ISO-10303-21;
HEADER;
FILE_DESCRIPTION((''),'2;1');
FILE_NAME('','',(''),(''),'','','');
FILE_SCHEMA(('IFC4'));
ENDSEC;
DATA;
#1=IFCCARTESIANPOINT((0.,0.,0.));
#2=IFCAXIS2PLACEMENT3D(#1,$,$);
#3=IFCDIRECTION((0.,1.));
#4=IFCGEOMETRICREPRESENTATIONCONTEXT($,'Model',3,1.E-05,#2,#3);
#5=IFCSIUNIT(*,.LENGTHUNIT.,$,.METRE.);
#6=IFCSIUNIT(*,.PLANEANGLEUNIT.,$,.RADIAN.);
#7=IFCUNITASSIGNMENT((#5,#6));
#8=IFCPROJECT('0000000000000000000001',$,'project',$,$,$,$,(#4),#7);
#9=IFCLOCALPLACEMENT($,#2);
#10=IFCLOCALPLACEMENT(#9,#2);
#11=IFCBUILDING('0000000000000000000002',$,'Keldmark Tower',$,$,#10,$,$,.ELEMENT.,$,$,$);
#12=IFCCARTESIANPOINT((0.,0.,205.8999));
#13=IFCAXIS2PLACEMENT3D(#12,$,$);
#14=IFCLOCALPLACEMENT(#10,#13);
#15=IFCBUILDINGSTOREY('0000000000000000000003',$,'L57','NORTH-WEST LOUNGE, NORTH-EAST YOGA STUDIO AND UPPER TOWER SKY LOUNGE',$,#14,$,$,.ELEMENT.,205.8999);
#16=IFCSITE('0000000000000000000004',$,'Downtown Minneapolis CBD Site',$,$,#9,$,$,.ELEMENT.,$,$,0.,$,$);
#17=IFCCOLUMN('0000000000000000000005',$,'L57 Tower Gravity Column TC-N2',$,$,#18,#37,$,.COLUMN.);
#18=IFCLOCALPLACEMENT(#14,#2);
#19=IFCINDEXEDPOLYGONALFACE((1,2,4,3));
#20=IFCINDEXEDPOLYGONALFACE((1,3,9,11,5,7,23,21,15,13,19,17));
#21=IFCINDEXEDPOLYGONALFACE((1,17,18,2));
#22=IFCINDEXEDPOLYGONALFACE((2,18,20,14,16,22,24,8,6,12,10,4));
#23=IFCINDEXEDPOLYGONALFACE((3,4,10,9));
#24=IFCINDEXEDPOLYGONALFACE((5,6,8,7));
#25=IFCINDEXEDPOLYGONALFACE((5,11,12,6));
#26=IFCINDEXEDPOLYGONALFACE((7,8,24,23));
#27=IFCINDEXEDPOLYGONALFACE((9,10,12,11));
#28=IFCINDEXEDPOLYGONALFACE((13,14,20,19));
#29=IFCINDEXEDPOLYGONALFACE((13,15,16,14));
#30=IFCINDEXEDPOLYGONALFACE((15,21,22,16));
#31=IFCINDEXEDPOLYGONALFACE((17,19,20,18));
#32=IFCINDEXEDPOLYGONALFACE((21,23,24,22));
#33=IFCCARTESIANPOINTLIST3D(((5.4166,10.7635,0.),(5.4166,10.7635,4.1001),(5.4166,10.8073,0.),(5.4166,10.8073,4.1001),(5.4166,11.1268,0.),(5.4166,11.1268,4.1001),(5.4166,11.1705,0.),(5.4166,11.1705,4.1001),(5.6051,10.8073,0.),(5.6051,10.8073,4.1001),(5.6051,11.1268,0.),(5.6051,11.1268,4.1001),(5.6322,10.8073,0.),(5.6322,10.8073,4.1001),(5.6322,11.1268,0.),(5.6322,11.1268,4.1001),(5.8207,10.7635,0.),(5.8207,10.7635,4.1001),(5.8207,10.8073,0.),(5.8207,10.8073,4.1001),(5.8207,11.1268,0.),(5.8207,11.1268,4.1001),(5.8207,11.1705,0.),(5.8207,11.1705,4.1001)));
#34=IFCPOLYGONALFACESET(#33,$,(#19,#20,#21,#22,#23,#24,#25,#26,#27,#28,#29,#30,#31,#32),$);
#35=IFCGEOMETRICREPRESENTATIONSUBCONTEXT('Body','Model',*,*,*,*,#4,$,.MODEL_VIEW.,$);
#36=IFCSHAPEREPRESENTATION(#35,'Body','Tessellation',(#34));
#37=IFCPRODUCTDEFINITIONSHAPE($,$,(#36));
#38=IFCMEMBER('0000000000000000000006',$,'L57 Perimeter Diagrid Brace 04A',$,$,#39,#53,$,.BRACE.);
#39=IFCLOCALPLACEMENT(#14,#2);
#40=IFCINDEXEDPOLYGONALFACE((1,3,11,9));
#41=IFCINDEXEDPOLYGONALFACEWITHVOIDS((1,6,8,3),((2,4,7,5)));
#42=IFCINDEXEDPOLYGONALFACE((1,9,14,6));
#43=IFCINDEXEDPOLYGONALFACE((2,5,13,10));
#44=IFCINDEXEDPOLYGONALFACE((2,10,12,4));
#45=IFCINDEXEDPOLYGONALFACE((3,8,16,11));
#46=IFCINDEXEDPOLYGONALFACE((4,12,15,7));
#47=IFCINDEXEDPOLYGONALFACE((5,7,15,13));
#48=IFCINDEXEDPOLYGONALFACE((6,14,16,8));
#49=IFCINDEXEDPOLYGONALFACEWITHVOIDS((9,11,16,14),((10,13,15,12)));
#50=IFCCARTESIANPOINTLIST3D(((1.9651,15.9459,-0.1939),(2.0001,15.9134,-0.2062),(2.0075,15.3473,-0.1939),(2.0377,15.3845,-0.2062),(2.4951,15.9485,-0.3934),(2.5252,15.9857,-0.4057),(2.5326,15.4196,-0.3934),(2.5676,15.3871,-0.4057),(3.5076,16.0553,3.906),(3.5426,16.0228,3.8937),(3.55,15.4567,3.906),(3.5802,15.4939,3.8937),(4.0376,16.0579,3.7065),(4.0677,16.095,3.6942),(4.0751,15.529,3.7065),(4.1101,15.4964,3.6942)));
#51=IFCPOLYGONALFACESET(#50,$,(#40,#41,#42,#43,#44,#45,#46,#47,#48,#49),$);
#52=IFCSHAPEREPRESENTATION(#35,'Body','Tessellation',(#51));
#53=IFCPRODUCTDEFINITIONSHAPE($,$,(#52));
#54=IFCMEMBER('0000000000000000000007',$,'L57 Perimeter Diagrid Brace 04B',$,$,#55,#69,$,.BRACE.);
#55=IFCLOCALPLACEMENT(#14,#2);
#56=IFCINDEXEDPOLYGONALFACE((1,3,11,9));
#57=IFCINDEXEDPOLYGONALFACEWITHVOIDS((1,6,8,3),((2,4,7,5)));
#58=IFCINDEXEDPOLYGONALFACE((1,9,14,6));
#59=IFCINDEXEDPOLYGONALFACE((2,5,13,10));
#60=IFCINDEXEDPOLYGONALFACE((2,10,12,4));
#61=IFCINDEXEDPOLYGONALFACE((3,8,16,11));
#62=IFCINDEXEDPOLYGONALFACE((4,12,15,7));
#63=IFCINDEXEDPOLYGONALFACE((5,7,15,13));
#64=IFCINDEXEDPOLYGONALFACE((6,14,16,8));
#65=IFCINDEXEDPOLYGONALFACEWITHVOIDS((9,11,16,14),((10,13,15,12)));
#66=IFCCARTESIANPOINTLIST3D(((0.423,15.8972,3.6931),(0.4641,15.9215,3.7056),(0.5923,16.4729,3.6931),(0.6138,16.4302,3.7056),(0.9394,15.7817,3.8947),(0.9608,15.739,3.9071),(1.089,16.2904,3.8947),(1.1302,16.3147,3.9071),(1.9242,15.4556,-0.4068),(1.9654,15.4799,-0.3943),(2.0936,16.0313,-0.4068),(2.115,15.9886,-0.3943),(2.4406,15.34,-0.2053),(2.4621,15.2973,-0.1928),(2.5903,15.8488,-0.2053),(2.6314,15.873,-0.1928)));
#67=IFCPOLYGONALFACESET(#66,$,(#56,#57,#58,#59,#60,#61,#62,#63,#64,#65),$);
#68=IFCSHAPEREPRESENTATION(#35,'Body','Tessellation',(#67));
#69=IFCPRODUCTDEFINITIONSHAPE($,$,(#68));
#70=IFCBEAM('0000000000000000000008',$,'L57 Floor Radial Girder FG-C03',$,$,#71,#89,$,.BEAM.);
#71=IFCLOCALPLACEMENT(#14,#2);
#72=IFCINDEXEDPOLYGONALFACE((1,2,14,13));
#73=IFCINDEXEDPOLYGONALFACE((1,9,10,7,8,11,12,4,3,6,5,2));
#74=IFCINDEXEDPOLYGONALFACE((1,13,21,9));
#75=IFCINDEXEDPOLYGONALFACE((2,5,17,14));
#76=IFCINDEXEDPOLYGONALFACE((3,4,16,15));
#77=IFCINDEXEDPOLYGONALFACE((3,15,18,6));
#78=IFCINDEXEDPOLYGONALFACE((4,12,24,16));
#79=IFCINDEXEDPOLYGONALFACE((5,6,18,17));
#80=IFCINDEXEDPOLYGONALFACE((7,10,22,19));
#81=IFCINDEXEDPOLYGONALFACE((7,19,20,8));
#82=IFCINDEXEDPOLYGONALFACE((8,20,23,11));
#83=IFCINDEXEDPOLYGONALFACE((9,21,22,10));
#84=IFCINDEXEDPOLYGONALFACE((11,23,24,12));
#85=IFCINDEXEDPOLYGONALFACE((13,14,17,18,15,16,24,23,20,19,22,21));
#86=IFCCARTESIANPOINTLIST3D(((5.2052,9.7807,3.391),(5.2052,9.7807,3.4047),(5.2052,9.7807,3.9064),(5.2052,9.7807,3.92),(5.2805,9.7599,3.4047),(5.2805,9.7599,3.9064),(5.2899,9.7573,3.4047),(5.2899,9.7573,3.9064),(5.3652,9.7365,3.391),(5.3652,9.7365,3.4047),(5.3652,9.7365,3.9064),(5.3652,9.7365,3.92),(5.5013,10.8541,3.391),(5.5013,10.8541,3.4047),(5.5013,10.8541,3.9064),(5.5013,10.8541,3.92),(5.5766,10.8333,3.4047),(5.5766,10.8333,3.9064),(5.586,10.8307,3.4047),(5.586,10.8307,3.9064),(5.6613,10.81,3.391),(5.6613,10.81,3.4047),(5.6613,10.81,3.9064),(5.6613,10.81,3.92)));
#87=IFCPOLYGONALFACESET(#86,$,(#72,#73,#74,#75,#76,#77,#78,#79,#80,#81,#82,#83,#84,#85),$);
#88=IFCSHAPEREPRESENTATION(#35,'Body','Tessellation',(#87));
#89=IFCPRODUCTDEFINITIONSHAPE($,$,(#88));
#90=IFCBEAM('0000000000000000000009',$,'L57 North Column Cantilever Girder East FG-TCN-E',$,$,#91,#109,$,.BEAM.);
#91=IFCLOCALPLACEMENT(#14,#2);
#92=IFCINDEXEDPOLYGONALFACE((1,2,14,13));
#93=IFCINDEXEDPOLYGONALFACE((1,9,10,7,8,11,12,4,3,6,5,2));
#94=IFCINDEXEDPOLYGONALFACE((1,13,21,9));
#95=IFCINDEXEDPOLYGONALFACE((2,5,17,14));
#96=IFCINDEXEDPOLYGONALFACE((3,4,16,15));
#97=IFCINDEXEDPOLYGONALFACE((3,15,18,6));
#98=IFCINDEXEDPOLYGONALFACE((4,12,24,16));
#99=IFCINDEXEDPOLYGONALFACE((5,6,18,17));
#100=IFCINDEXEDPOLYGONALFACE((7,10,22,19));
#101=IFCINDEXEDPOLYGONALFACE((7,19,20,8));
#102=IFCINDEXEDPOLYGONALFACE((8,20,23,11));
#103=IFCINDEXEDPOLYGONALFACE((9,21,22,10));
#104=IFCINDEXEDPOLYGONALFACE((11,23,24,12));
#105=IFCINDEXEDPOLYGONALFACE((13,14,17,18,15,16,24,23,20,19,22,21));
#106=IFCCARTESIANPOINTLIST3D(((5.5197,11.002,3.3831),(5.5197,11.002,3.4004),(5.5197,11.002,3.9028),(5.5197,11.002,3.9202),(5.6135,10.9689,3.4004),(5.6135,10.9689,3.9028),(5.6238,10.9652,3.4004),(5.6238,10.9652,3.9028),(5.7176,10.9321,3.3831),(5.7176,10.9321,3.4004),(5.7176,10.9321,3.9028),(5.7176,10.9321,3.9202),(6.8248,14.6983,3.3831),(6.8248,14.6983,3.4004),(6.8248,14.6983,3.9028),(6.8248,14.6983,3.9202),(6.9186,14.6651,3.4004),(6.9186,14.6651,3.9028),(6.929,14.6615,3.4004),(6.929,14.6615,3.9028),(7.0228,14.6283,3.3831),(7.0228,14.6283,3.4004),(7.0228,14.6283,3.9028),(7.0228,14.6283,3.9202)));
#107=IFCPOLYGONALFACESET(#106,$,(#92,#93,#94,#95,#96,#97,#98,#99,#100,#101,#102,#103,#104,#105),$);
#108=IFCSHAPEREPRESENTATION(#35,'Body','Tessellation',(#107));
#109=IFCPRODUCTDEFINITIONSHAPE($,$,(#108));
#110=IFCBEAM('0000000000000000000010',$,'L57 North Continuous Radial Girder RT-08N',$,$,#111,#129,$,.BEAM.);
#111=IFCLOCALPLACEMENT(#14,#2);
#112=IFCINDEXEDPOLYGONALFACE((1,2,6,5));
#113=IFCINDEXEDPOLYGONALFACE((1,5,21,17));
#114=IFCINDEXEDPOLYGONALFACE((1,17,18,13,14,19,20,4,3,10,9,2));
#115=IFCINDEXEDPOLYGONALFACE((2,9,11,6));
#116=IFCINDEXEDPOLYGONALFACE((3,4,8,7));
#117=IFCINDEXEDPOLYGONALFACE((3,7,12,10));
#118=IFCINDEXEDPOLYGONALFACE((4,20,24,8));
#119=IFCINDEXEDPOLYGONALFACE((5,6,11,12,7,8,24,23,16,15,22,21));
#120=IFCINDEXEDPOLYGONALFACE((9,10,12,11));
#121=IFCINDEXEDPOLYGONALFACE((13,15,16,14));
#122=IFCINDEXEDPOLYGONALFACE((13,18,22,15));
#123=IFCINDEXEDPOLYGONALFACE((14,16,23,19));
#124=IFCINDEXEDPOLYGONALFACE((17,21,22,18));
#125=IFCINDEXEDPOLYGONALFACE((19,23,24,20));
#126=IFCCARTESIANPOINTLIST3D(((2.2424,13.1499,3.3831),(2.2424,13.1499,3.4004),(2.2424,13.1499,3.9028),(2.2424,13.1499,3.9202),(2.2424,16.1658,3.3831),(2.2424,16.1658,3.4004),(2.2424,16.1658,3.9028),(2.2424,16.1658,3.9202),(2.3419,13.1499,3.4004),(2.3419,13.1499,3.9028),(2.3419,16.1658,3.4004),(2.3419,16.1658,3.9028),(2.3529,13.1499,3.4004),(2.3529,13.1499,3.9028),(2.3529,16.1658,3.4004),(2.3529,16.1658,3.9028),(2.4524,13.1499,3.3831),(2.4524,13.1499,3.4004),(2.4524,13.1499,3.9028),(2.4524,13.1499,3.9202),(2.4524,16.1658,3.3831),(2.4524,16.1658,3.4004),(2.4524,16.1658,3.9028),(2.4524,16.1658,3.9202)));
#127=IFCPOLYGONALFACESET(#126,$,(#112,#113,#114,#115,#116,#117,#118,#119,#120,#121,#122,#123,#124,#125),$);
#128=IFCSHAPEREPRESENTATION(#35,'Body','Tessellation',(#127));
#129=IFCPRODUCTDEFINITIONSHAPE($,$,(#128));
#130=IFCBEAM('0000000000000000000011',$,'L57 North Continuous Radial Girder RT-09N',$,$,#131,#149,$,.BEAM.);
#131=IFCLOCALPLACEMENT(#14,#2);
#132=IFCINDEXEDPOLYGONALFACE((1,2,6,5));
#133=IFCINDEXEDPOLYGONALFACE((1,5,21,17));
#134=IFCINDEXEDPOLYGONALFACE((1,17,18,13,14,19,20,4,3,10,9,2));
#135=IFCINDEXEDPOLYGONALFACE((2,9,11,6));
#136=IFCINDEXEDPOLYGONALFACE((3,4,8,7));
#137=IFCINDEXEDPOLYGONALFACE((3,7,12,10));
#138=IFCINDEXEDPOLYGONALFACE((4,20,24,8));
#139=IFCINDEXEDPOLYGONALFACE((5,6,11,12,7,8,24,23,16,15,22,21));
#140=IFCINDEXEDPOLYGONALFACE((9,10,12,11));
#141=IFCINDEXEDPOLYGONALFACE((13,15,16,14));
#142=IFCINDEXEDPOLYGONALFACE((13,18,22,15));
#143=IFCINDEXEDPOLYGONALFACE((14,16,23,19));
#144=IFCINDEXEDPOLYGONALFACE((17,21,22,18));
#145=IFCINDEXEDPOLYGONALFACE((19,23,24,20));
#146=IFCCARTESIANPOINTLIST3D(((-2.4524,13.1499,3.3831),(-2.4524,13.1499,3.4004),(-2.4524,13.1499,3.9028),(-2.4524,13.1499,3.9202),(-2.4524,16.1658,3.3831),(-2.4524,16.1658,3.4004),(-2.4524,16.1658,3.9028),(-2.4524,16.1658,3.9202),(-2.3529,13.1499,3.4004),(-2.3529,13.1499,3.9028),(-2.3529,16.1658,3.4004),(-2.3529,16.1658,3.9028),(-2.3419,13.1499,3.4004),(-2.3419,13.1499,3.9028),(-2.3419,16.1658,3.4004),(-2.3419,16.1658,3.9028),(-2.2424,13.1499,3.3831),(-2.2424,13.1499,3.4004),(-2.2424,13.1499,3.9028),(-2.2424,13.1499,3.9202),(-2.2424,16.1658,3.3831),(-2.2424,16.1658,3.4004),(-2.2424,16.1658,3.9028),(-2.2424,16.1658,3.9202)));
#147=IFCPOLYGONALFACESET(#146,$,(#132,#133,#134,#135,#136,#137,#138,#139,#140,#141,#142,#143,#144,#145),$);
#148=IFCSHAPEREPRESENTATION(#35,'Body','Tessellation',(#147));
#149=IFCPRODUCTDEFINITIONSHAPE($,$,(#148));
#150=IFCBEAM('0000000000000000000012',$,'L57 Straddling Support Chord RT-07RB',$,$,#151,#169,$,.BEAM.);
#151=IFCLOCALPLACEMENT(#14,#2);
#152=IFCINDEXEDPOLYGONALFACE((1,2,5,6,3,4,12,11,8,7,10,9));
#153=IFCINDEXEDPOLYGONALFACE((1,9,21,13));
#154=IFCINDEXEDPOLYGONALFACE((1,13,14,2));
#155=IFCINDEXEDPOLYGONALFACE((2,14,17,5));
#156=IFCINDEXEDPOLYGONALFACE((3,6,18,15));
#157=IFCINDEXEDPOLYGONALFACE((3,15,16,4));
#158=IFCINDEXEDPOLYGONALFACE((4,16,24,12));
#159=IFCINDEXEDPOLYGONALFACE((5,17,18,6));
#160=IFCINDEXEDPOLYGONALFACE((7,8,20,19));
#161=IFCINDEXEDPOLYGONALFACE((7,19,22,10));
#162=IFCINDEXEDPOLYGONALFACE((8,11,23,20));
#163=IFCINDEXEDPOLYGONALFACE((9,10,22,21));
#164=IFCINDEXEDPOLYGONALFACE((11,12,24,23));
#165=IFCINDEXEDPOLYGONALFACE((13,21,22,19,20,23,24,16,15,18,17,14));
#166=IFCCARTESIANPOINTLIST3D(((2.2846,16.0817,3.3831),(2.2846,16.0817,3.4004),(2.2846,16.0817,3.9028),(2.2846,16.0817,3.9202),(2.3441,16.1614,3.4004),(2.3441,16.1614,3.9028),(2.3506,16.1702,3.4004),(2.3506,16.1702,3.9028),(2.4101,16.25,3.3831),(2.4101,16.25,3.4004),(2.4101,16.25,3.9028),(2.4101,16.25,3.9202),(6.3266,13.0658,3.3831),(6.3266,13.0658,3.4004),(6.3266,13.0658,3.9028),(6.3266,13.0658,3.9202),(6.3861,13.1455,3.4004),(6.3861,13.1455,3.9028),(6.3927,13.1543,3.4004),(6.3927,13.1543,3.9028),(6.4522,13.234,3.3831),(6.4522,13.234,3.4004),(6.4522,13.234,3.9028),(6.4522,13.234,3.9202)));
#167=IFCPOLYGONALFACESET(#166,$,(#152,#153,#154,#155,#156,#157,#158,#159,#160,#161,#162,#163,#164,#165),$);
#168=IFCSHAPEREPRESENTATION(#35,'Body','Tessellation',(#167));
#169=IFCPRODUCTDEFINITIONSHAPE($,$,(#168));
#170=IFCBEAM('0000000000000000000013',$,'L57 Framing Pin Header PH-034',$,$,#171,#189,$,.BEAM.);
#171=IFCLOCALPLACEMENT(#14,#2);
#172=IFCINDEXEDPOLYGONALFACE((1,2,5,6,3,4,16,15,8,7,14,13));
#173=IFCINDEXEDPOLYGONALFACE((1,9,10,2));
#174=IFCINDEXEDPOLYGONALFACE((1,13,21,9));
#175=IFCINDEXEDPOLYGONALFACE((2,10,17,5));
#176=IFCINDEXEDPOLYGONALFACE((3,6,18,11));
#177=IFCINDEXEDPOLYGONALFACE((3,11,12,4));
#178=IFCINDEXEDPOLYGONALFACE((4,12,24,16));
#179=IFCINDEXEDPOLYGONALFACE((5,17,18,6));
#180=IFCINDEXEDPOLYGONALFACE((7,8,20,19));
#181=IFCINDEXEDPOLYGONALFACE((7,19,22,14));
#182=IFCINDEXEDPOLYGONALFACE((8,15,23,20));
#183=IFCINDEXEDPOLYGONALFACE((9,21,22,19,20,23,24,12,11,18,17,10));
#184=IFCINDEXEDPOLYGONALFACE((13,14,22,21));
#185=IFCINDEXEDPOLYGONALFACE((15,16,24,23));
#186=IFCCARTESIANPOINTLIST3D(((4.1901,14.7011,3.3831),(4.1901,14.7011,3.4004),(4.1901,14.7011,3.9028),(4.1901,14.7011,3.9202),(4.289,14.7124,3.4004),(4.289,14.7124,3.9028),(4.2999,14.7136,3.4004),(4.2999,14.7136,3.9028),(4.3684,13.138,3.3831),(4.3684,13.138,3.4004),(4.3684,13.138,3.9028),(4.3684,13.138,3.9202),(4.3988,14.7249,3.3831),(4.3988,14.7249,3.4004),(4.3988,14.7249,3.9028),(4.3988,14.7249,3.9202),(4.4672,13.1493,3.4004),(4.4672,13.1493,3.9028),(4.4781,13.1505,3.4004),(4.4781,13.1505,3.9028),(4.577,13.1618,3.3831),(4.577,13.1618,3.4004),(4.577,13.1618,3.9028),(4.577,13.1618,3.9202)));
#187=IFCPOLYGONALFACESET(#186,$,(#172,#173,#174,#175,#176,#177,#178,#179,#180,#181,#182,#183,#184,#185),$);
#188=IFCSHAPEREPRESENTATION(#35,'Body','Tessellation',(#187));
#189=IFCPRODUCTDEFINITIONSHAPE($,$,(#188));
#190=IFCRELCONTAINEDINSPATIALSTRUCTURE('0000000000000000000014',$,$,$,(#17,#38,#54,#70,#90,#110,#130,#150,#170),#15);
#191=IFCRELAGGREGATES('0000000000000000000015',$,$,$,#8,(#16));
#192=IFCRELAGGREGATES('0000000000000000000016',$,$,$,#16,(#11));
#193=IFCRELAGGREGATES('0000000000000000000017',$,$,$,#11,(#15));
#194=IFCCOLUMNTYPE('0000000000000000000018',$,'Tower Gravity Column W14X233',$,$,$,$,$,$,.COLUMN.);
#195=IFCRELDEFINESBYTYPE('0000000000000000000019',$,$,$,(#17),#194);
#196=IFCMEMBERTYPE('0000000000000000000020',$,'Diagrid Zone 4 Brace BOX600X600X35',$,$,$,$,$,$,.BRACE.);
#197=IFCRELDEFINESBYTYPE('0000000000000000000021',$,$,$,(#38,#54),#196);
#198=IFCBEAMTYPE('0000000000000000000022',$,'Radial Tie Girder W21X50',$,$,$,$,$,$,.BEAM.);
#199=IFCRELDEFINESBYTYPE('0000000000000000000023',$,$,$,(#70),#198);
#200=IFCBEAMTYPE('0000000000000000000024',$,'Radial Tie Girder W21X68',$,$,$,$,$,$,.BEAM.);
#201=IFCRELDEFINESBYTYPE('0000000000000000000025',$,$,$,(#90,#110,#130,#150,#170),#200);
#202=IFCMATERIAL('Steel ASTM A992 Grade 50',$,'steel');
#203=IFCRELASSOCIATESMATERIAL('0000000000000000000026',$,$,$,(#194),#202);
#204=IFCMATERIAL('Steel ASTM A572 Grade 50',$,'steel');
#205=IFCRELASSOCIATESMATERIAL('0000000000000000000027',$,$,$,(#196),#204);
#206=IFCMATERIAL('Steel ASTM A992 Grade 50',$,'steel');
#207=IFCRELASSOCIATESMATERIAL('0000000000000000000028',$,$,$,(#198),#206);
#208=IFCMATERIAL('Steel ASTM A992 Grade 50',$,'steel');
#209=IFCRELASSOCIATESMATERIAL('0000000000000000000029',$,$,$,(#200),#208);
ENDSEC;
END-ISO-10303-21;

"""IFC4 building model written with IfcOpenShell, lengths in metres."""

from ifc_helpers import new_model, si_unit, direction, frame, origin, origin_2d, place, context, subcontext, project, spatial, hollow_rectangle, i_section, extrude, material, material_profile, profile_set, type_object, element, save


model = new_model("IFC4")

# Units and contexts
model_context = context("Model", 3, precision=1e-05, world=origin(), true_north=direction((0.0, 1.0)))
body_context = subcontext(model_context, "Body", "Model", "MODEL_VIEW")
ifc_project = project(units=[si_unit("LENGTHUNIT", "METRE"), si_unit("PLANEANGLEUNIT", "RADIAN")], contexts=[model_context])

# Site, building, storey
site_placement = place(None, origin())
site = spatial("IfcSite", under=ifc_project, at=site_placement, Name="Downtown Minneapolis CBD Site", CompositionType="ELEMENT", RefElevation=0.0)
building_placement = place(site_placement, origin())
building = spatial("IfcBuilding", under=site, at=building_placement, Name="Keldmark Tower", CompositionType="ELEMENT")
storey_placement = place(building_placement, frame((0.0, 0.0, 205.8999)))
storey = spatial("IfcBuildingStorey", under=building, at=storey_placement, Name="L57", Description="NORTH-WEST LOUNGE, NORTH-EAST YOGA STUDIO AND UPPER TOWER SKY LOUNGE", CompositionType="ELEMENT", Elevation=205.8999)

# Column
ifc_material_1 = material(Name="Steel ASTM A992 Grade 50", Category="steel")
ifc_material_profile_1 = material_profile(ifc_material_1, i_section(OverallWidth=0.4041, OverallDepth=0.407, WebThickness=0.0271, FlangeThickness=0.0437, at=origin_2d()), Name="W14X233")
ifc_profile_set_1 = profile_set([ifc_material_profile_1], Name="Steel ASTM A992 Grade 50")
column_type = type_object("IfcColumnType", Name="Tower Gravity Column W14X233", PredefinedType="COLUMN", material=ifc_profile_set_1)
column_placement = place(storey_placement, frame((5.6187, 10.967, 0.0), z_axis=(0.0, 0.0, 1.0), x_axis=(1.0, 0.0, 0.0)))
element("IfcColumn", 1, at=column_placement, inside=storey, type_object=column_type, Name="L57 Tower Gravity Column TC-N2", PredefinedType="COLUMN", context=body_context, shape_type="SweptSolid", body=[
    extrude(i_section(OverallWidth=0.4041, OverallDepth=0.407, WebThickness=0.0271, FlangeThickness=0.0437, at=origin_2d()), origin(), (0.0, 0.0, 1.0), 4.1001),
])

# Members
ifc_material_2 = material(Name="Steel ASTM A572 Grade 50", Category="steel")
ifc_material_profile_2 = material_profile(ifc_material_2, hollow_rectangle(XDim=0.6001, YDim=0.6001, WallThickness=0.0349, at=origin_2d()), Name="BOX600X600X35")
ifc_profile_set_2 = profile_set([ifc_material_profile_2], Name="Steel ASTM A572 Grade 50")
member_type = type_object("IfcMemberType", Name="Diagrid Zone 4 Brace BOX600X600X35", PredefinedType="BRACE", material=ifc_profile_set_2)
member_1_placement = place(storey_placement, frame((2.2664, 15.6665, -0.2998), z_axis=(0.352021, 0.024961, 0.935659), x_axis=(-0.070731, 0.997495, 0.0)))
element("IfcMember", 2, at=member_1_placement, inside=storey, type_object=member_type, Name="L57 Perimeter Diagrid Brace 04A", PredefinedType="BRACE", context=body_context, shape_type="SweptSolid", body=[
    extrude(hollow_rectangle(XDim=0.6001, YDim=0.6001, WallThickness=0.0349, at=origin_2d()), origin(), (0.0, 0.0, 1.0), 4.3818),
])
member_2_placement = place(storey_placement, frame((2.2778, 15.6643, -0.2998), z_axis=(-0.342093, 0.100642, 0.934261), x_axis=(-0.282234, -0.959346, 0.0)))
element("IfcMember", 3, at=member_2_placement, inside=storey, type_object=member_type, Name="L57 Perimeter Diagrid Brace 04B", PredefinedType="BRACE", context=body_context, shape_type="SweptSolid", body=[
    extrude(hollow_rectangle(XDim=0.6001, YDim=0.6001, WallThickness=0.0349, at=origin_2d()), origin(), (0.0, 0.0, 1.0), 4.3884),
])

# Beams
ifc_material_3 = material(Name="Steel ASTM A992 Grade 50", Category="steel")
ifc_material_profile_3 = material_profile(ifc_material_3, i_section(OverallWidth=0.166, OverallDepth=0.5291, WebThickness=0.0098, FlangeThickness=0.0137, at=origin_2d()), Name="W21X50")
ifc_profile_set_3 = profile_set([ifc_material_profile_3], Name="Steel ASTM A992 Grade 50")
beam_type_1 = type_object("IfcBeamType", Name="Radial Tie Girder W21X50", PredefinedType="BEAM", material=ifc_profile_set_3)
beam_1_placement = place(storey_placement, frame((5.5813, 10.832, 3.6555), z_axis=(-0.265936, -0.963991, 0.0), x_axis=(0.963991, -0.265936, 0.0)))
element("IfcBeam", 4, at=beam_1_placement, inside=storey, type_object=beam_type_1, Name="L57 Floor Radial Girder FG-C03", PredefinedType="BEAM", context=body_context, shape_type="SweptSolid", body=[
    extrude(i_section(OverallWidth=0.166, OverallDepth=0.5291, WebThickness=0.0098, FlangeThickness=0.0137, at=origin_2d()), origin(), (0.0, 0.0, 1.0), 1.1135),
])
ifc_material_4 = material(Name="Steel ASTM A992 Grade 50", Category="steel")
ifc_material_profile_4 = material_profile(ifc_material_4, i_section(OverallWidth=0.21, OverallDepth=0.5371, WebThickness=0.011, FlangeThickness=0.0173, at=origin_2d()), Name="W21X68")
ifc_profile_set_4 = profile_set([ifc_material_profile_4], Name="Steel ASTM A992 Grade 50")
beam_type_2 = type_object("IfcBeamType", Name="Radial Tie Girder W21X68", PredefinedType="BEAM", material=ifc_profile_set_4)
beam_2_placement = place(storey_placement, frame((5.6187, 10.967, 3.6516), z_axis=(0.332957, 0.942942, 0.0), x_axis=(-0.942942, 0.332957, 0.0)))
element("IfcBeam", 5, at=beam_2_placement, inside=storey, type_object=beam_type_2, Name="L57 North Column Cantilever Girder East FG-TCN-E", PredefinedType="BEAM", context=body_context, shape_type="SweptSolid", body=[
    extrude(i_section(OverallWidth=0.21, OverallDepth=0.5371, WebThickness=0.011, FlangeThickness=0.0173, at=origin_2d()), origin(), (0.0, 0.0, 1.0), 3.9199),
])
for number, where, z_axis, x_axis, name in (
    (6, (2.3474, 13.1499, 3.6516), (0.0, 1.0, 0.0), (-1.0, 0.0, 0.0), "L57 North Continuous Radial Girder RT-08N"),
    (7, (-2.3474, 13.1499, 3.6516), (0.0, 1.0, 0.0), (-1.0, 0.0, 0.0), "L57 North Continuous Radial Girder RT-09N"),
):
    element("IfcBeam", number, at=place(storey_placement, frame(where, z_axis=z_axis, x_axis=x_axis)), inside=storey, type_object=beam_type_2, Name=name, PredefinedType="BEAM", context=body_context, shape_type="SweptSolid", body=[
        extrude(i_section(OverallWidth=0.21, OverallDepth=0.5371, WebThickness=0.011, FlangeThickness=0.0173, at=origin_2d()), origin(), (0.0, 0.0, 1.0), 3.0159),
    ])
beam_3_placement = place(storey_placement, frame((6.3894, 13.1499, 3.6516), z_axis=(-0.801485, 0.598015, 0.0), x_axis=(-0.598015, -0.801485, 0.0)))
element("IfcBeam", 8, at=beam_3_placement, inside=storey, type_object=beam_type_2, Name="L57 Straddling Support Chord RT-07RB", PredefinedType="BEAM", context=body_context, shape_type="SweptSolid", body=[
    extrude(i_section(OverallWidth=0.21, OverallDepth=0.5371, WebThickness=0.011, FlangeThickness=0.0173, at=origin_2d()), origin(), (0.0, 0.0, 1.0), 5.0432),
])
beam_4_placement = place(storey_placement, frame((4.4727, 13.1499, 3.6516), z_axis=(-0.113275, 0.993564, 0.0), x_axis=(-0.993564, -0.113275, 0.0)))
element("IfcBeam", 9, at=beam_4_placement, inside=storey, type_object=beam_type_2, Name="L57 Framing Pin Header PH-034", PredefinedType="BEAM", context=body_context, shape_type="SweptSolid", body=[
    extrude(i_section(OverallWidth=0.21, OverallDepth=0.5371, WebThickness=0.011, FlangeThickness=0.0173, at=origin_2d()), origin(), (0.0, 0.0, 1.0), 1.5732),
])

save(model, "model.ifc")
